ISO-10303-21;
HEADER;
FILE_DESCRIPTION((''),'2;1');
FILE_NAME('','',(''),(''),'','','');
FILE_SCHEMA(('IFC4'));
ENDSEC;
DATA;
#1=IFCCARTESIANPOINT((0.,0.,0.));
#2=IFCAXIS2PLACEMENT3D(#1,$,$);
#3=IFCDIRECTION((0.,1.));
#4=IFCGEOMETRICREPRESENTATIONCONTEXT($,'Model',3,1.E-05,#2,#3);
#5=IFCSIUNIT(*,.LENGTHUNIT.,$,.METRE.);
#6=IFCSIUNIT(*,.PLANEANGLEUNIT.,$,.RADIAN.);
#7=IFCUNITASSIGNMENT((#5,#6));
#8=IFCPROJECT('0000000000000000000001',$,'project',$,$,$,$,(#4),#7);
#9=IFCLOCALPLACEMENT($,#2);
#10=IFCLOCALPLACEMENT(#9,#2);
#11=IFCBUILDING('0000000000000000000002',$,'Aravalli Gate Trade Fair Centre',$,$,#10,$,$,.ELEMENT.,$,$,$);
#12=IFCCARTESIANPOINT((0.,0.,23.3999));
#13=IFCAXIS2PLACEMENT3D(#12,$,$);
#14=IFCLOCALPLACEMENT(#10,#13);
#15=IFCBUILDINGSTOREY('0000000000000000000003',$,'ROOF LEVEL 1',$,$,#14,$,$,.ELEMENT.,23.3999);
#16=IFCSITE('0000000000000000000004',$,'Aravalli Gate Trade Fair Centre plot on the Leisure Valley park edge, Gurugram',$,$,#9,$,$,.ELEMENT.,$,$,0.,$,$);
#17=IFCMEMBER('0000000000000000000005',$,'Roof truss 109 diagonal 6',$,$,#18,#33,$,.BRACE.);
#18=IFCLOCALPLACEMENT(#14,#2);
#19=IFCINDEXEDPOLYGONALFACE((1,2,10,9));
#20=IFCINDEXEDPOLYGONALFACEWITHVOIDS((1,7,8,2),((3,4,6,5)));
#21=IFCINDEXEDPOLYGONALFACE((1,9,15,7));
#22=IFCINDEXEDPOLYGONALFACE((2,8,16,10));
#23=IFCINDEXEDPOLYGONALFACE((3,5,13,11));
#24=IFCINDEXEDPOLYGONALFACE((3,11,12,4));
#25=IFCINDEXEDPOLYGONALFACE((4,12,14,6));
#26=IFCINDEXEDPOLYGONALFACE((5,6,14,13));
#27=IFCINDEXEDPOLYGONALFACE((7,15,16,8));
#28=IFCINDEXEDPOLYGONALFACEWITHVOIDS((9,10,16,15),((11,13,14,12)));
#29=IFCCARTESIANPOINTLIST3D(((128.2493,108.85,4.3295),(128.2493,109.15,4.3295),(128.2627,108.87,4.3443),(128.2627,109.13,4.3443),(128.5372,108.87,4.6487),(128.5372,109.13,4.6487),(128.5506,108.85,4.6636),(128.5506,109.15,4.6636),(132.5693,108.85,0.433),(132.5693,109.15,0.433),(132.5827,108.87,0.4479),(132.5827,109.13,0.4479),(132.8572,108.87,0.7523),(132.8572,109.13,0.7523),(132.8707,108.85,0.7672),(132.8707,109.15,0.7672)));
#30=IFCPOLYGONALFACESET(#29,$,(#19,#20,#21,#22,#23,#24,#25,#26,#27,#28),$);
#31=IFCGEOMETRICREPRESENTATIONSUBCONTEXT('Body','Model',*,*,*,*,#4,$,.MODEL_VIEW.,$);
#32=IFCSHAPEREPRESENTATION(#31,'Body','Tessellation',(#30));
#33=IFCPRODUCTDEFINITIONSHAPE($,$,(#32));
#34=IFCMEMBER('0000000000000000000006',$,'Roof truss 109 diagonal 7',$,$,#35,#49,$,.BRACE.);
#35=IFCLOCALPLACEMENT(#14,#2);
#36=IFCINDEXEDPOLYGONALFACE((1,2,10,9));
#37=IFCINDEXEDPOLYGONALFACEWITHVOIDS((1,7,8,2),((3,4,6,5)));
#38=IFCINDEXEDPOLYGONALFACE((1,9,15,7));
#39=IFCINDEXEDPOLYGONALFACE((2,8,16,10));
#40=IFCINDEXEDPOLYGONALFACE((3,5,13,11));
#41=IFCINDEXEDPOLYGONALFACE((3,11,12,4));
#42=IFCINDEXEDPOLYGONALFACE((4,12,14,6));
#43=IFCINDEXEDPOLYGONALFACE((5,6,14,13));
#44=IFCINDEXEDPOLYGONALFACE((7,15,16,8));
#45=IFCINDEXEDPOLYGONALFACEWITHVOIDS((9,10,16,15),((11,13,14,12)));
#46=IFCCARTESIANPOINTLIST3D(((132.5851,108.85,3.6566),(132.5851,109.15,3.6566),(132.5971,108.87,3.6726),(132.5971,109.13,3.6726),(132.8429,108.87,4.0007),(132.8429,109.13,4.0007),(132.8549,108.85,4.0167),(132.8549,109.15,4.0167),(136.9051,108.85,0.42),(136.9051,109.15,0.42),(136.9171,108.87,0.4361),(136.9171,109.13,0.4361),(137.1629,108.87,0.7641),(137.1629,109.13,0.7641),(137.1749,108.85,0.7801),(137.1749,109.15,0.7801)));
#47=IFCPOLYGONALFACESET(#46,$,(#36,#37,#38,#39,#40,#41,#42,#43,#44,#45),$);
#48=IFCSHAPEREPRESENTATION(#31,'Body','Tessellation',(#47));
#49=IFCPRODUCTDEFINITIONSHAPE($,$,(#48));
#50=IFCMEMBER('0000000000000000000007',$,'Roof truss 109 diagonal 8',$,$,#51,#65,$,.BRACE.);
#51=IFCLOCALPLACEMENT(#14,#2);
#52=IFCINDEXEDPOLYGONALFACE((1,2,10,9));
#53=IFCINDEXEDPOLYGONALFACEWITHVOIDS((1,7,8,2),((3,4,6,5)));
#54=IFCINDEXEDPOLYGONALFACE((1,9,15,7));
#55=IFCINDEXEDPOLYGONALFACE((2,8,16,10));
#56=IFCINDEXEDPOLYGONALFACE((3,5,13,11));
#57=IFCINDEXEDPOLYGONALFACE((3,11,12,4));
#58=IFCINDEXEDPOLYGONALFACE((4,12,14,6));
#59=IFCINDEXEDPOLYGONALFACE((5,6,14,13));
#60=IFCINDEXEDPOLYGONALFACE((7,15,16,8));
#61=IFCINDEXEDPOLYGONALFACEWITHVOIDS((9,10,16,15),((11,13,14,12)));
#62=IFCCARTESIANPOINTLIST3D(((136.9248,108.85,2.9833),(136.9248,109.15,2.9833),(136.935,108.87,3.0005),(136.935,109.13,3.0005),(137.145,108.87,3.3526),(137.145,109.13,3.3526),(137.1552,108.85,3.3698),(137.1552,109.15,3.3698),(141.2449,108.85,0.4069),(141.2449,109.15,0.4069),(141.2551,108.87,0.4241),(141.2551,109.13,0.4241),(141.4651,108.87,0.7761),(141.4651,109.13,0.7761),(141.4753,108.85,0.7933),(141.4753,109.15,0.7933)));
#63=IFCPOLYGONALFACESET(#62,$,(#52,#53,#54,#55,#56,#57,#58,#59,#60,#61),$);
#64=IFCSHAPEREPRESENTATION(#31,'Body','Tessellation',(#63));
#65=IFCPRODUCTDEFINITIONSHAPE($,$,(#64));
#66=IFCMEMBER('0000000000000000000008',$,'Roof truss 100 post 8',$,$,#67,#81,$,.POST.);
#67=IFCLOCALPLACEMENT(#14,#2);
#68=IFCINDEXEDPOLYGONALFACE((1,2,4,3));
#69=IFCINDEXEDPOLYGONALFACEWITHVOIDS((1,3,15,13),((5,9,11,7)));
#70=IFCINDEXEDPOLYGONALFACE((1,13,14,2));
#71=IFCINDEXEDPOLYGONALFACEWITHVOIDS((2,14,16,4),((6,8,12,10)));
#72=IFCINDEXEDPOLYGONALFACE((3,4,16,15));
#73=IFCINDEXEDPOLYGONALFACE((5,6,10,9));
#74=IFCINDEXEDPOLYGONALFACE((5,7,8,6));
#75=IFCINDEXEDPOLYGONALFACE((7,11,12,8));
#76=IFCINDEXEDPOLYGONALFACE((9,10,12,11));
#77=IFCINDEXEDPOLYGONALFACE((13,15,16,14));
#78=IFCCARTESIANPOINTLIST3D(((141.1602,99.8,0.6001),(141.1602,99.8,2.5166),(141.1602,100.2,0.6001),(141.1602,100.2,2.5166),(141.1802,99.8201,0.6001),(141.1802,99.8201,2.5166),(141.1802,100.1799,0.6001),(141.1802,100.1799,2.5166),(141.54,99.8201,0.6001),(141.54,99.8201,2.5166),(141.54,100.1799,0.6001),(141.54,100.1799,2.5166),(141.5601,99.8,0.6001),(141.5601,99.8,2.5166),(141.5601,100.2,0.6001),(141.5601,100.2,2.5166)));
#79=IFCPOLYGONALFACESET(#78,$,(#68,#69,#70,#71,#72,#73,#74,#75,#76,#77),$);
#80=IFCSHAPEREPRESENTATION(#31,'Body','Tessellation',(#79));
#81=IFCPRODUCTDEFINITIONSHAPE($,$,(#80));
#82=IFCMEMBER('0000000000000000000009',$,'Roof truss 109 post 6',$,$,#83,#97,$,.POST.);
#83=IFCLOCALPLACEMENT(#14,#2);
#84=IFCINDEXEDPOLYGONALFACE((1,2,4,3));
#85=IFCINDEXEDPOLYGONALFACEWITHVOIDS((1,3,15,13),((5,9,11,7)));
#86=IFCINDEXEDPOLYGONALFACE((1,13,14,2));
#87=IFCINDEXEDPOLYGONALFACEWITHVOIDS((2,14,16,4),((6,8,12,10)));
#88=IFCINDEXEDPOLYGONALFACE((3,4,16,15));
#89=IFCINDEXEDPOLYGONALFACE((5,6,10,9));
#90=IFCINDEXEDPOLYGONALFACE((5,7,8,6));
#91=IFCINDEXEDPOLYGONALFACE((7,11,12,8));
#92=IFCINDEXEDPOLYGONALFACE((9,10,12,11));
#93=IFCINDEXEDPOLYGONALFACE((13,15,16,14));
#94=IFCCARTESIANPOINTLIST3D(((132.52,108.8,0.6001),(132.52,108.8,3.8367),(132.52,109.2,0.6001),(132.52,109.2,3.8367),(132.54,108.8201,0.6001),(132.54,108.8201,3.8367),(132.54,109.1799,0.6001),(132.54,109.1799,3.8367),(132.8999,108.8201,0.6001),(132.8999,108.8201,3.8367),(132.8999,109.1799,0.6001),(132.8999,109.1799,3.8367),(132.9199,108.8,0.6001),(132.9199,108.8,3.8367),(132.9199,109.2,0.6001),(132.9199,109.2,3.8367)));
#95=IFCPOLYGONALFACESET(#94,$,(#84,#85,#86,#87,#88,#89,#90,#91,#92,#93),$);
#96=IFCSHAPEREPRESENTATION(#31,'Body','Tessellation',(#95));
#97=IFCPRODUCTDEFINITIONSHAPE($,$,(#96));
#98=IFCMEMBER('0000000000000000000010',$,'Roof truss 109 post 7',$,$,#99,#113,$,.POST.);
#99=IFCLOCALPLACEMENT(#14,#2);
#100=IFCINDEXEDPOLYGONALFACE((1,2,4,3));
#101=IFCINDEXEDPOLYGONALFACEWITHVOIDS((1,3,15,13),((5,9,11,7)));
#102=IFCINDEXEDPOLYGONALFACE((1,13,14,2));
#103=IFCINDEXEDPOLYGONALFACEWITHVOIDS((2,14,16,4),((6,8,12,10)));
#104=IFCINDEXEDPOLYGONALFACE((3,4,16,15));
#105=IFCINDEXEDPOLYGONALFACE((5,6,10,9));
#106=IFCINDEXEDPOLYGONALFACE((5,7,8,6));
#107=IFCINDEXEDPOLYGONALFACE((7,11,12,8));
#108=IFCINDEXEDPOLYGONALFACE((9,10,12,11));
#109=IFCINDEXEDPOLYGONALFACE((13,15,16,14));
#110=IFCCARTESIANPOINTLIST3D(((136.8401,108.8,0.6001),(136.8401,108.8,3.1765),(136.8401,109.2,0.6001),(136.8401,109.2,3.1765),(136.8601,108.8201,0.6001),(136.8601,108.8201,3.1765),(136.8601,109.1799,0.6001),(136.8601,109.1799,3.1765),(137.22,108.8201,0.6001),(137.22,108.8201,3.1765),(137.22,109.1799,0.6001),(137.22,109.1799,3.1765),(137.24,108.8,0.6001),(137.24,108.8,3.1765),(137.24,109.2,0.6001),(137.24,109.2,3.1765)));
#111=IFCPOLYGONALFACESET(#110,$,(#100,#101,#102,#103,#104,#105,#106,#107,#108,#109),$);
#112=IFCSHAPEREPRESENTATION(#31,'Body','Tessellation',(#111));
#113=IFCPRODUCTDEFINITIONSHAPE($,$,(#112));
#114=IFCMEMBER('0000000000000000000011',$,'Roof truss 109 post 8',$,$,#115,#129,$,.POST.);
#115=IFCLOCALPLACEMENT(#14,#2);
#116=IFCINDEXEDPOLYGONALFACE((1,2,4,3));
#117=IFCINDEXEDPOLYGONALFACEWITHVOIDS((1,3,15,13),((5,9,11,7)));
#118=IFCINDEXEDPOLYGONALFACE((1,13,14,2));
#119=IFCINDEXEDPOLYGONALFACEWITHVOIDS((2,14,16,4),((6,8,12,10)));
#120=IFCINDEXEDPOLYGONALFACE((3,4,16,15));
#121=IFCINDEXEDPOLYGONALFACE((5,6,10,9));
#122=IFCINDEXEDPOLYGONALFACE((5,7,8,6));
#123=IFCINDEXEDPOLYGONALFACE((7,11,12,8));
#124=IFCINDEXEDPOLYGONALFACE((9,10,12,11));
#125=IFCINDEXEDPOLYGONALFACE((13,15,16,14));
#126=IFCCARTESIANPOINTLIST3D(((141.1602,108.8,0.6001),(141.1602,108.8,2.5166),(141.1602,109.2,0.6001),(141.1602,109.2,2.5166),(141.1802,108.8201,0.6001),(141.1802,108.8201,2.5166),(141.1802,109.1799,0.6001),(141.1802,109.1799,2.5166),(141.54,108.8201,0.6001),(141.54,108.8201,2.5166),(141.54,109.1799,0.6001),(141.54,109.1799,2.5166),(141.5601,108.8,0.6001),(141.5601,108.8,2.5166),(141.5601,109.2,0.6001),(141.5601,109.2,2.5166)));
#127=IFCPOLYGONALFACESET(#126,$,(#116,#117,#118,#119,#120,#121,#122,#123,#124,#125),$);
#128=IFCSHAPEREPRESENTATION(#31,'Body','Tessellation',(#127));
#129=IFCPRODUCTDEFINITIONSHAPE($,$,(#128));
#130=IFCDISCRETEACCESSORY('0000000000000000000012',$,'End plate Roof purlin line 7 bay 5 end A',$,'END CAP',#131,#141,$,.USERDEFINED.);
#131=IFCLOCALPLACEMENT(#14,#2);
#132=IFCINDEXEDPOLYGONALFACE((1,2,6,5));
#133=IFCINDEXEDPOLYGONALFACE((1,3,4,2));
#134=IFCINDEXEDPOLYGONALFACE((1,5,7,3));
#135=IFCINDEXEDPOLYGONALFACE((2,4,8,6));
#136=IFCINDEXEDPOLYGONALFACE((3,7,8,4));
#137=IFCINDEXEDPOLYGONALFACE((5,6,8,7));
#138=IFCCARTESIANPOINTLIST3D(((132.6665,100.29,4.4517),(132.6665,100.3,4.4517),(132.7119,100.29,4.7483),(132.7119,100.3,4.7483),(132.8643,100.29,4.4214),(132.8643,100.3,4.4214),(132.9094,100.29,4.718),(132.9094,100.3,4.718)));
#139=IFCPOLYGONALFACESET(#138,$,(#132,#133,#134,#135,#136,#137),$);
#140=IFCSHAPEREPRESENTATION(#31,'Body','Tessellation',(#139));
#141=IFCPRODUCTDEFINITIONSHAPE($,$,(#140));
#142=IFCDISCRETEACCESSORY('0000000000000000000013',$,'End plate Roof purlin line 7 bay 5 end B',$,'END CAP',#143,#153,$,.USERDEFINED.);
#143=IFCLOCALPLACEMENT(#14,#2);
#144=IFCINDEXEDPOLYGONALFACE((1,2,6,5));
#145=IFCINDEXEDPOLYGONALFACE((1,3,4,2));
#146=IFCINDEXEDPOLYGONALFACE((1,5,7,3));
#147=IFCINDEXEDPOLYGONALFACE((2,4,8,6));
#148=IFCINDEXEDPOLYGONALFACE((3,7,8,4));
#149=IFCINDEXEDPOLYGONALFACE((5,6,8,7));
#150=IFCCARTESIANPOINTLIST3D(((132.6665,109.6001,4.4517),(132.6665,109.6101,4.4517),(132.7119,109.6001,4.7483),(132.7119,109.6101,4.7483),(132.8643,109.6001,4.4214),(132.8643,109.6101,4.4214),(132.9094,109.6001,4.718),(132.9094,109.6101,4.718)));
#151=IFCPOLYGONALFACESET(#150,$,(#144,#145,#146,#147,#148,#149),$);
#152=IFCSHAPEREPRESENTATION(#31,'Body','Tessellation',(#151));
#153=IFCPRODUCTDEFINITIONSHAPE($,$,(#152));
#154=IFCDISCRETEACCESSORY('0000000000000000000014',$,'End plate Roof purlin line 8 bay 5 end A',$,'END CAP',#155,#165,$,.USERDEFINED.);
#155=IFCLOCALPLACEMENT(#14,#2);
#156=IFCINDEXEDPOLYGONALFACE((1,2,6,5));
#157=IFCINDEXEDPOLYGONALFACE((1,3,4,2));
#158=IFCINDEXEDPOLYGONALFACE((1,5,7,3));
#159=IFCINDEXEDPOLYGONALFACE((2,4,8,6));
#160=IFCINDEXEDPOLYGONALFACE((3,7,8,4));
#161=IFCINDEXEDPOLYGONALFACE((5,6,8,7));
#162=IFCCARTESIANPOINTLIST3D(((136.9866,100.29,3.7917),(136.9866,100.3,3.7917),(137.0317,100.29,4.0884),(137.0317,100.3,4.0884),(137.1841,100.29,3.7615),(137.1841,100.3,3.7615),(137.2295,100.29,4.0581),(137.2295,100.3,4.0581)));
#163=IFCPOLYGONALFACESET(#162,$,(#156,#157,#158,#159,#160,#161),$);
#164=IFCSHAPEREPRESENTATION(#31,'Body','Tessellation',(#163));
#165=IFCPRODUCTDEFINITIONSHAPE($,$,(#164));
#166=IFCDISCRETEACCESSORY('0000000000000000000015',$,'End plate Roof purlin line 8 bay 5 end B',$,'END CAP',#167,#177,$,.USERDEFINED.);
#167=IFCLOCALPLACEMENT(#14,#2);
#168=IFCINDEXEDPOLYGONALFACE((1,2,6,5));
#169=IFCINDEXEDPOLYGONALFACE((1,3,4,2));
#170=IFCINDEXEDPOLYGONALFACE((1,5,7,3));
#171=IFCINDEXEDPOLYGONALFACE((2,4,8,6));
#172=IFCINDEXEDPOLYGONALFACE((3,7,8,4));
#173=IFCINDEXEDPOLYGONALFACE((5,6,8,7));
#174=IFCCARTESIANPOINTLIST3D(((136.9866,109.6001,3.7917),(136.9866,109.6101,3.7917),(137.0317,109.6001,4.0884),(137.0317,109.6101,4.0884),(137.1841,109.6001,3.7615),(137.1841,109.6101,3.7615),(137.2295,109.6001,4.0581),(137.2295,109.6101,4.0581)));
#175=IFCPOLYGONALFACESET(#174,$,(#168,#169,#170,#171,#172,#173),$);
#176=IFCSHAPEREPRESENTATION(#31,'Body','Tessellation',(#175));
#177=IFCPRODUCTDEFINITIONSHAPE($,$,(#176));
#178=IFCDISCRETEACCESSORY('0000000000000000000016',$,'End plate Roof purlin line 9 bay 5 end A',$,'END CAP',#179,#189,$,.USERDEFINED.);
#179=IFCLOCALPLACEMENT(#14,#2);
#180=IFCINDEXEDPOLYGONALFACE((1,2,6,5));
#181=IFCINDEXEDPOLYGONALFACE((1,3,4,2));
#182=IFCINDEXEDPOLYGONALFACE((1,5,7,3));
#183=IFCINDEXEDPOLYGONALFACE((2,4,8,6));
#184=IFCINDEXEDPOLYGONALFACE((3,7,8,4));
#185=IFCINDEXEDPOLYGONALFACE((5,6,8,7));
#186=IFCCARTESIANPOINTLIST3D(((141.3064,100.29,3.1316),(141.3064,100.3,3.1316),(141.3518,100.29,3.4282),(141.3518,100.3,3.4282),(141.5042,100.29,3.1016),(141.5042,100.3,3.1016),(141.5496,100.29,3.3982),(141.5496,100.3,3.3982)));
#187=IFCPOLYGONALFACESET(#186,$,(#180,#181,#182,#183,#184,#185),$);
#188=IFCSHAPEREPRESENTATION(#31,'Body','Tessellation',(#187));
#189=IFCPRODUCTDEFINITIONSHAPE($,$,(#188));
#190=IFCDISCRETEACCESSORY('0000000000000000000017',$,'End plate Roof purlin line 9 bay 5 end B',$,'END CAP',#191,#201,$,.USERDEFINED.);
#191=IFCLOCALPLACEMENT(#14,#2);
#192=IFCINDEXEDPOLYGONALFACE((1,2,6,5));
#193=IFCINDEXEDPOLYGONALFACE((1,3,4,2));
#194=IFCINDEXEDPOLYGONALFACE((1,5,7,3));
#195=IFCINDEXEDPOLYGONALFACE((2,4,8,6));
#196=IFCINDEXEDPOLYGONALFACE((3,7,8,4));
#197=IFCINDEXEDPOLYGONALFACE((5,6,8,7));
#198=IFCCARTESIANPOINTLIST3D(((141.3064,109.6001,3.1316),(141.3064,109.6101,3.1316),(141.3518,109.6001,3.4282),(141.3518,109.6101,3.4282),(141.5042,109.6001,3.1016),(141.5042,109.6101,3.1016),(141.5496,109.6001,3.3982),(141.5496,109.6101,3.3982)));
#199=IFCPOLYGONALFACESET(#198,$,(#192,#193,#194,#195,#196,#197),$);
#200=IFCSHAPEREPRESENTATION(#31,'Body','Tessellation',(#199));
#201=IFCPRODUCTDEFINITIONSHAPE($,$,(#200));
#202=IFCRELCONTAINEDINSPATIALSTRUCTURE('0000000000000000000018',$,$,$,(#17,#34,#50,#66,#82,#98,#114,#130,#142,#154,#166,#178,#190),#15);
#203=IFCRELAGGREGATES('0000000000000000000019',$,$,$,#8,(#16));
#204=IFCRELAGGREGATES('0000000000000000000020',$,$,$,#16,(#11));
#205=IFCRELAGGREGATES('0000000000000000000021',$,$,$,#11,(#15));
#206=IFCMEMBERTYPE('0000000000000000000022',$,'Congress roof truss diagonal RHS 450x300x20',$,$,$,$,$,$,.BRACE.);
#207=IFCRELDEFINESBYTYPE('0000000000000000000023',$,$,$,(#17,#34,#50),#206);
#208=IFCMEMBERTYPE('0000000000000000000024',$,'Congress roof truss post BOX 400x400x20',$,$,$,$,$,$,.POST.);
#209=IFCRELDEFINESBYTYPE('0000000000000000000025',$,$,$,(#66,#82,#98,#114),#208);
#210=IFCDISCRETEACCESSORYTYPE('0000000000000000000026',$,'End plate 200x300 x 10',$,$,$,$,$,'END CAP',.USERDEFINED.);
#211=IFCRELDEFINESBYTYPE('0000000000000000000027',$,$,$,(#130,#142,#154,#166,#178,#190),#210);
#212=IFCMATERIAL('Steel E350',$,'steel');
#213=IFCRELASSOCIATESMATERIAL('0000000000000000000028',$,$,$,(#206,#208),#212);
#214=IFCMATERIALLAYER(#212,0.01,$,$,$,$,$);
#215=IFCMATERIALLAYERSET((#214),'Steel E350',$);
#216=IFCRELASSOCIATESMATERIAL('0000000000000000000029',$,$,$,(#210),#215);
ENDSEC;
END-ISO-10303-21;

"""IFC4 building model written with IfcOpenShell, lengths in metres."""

from ifc_helpers import new_model, si_unit, direction, frame, origin, origin_2d, place, context, subcontext, project, spatial, polyline, hollow_rectangle, outline, extrude, material, layer, layer_set, material_profile, profile_set, type_object, element, save


model = new_model("IFC4")

# Units and contexts
model_context = context("Model", 3, precision=1e-05, world=origin(), true_north=direction((0.0, 1.0)))
body_context = subcontext(model_context, "Body", "Model", "MODEL_VIEW")
ifc_project = project(units=[si_unit("LENGTHUNIT", "METRE"), si_unit("PLANEANGLEUNIT", "RADIAN")], contexts=[model_context])

# Site, building, storey
site_placement = place(None, origin())
site = spatial("IfcSite", under=ifc_project, at=site_placement, Name="Aravalli Gate Trade Fair Centre plot on the Leisure Valley park edge, Gurugram", CompositionType="ELEMENT", RefElevation=0.0)
building_placement = place(site_placement, origin())
building = spatial("IfcBuilding", under=site, at=building_placement, Name="Aravalli Gate Trade Fair Centre", CompositionType="ELEMENT")
storey_placement = place(building_placement, frame((0.0, 0.0, 23.3999)))
storey = spatial("IfcBuildingStorey", under=building, at=storey_placement, Name="ROOF LEVEL 1", CompositionType="ELEMENT", Elevation=23.3999)

# Members
ifc_material = material(Name="Steel E350", Category="steel")
ifc_material_profile_1 = material_profile(ifc_material, hollow_rectangle(XDim=0.3, YDim=0.45, WallThickness=0.02, at=origin_2d()), Name="RHS 450x300x20")
ifc_profile_set_1 = profile_set([ifc_material_profile_1], Name="Steel E350")
member_type_1 = type_object("IfcMemberType", Name="Congress roof truss diagonal RHS 450x300x20", PredefinedType="BRACE", material=ifc_profile_set_1)
member_1_placement = place(storey_placement, frame((132.72, 109.0, 0.6001), z_axis=(-0.742574, 0.0, 0.669764), x_axis=(0.0, -1.0, 0.0)))
element("IfcMember", 1, at=member_1_placement, inside=storey, type_object=member_type_1, Name="Roof truss 109 diagonal 6", PredefinedType="BRACE", context=body_context, shape_type="SweptSolid", body=[
    extrude(hollow_rectangle(XDim=0.3, YDim=0.45, WallThickness=0.02, at=origin_2d()), origin(), (0.0, 0.0, 1.0), 5.8176),
])
member_2_placement = place(storey_placement, frame((137.04, 109.0, 0.6001), z_axis=(-0.800309, 0.0, 0.599587), x_axis=(0.0, -1.0, 0.0)))
element("IfcMember", 2, at=member_2_placement, inside=storey, type_object=member_type_1, Name="Roof truss 109 diagonal 7", PredefinedType="BRACE", context=body_context, shape_type="SweptSolid", body=[
    extrude(hollow_rectangle(XDim=0.3, YDim=0.45, WallThickness=0.02, at=origin_2d()), origin(), (0.0, 0.0, 1.0), 5.3979),
])
member_3_placement = place(storey_placement, frame((141.3601, 109.0, 0.6001), z_axis=(-0.85886, 0.0, 0.51221), x_axis=(0.0, -1.0, 0.0)))
element("IfcMember", 3, at=member_3_placement, inside=storey, type_object=member_type_1, Name="Roof truss 109 diagonal 8", PredefinedType="BRACE", context=body_context, shape_type="SweptSolid", body=[
    extrude(hollow_rectangle(XDim=0.3, YDim=0.45, WallThickness=0.02, at=origin_2d()), origin(), (0.0, 0.0, 1.0), 5.03),
])
ifc_material_profile_2 = material_profile(ifc_material, hollow_rectangle(XDim=0.3999, YDim=0.3999, WallThickness=0.02, at=origin_2d()), Name="BOX 400x400x20")
ifc_profile_set_2 = profile_set([ifc_material_profile_2], Name="Steel E350")
member_type_2 = type_object("IfcMemberType", Name="Congress roof truss post BOX 400x400x20", PredefinedType="POST", material=ifc_profile_set_2)
member_4_placement = place(storey_placement, frame((141.3601, 100.0, 0.6001), z_axis=(0.0, 0.0, 1.0), x_axis=(1.0, 0.0, 0.0)))
element("IfcMember", 4, at=member_4_placement, inside=storey, type_object=member_type_2, Name="Roof truss 100 post 8", PredefinedType="POST", context=body_context, shape_type="SweptSolid", body=[
    extrude(hollow_rectangle(XDim=0.3999, YDim=0.3999, WallThickness=0.02, at=origin_2d()), origin(), (0.0, 0.0, 1.0), 1.9165),
])
member_5_placement = place(storey_placement, frame((132.72, 109.0, 0.6001), z_axis=(0.0, 0.0, 1.0), x_axis=(1.0, 0.0, 0.0)))
element("IfcMember", 5, at=member_5_placement, inside=storey, type_object=member_type_2, Name="Roof truss 109 post 6", PredefinedType="POST", context=body_context, shape_type="SweptSolid", body=[
    extrude(hollow_rectangle(XDim=0.3999, YDim=0.3999, WallThickness=0.02, at=origin_2d()), origin(), (0.0, 0.0, 1.0), 3.2366),
])
member_6_placement = place(storey_placement, frame((137.04, 109.0, 0.6001), z_axis=(0.0, 0.0, 1.0), x_axis=(1.0, 0.0, 0.0)))
element("IfcMember", 6, at=member_6_placement, inside=storey, type_object=member_type_2, Name="Roof truss 109 post 7", PredefinedType="POST", context=body_context, shape_type="SweptSolid", body=[
    extrude(hollow_rectangle(XDim=0.3999, YDim=0.3999, WallThickness=0.02, at=origin_2d()), origin(), (0.0, 0.0, 1.0), 2.5764),
])
member_7_placement = place(storey_placement, frame((141.3601, 109.0, 0.6001), z_axis=(0.0, 0.0, 1.0), x_axis=(1.0, 0.0, 0.0)))
element("IfcMember", 7, at=member_7_placement, inside=storey, type_object=member_type_2, Name="Roof truss 109 post 8", PredefinedType="POST", context=body_context, shape_type="SweptSolid", body=[
    extrude(hollow_rectangle(XDim=0.3999, YDim=0.3999, WallThickness=0.02, at=origin_2d()), origin(), (0.0, 0.0, 1.0), 1.9165),
])

# Discrete accessories
ifc_layer_1 = layer(ifc_material, 0.01)
ifc_layer_set_1 = layer_set([ifc_layer_1], Name="Steel E350")
discrete_accessory_type_1 = type_object("IfcDiscreteAccessoryType", Name="End plate 200x300 x 10", ElementType="END CAP", PredefinedType="USERDEFINED", material=ifc_layer_set_1)
for number, where, z_axis, x_axis, name in (
    (8, (132.8643, 100.3, 4.4214), (0.0, 1.0, 0.0), (-0.988484, 0.0, 0.151324), "End plate Roof purlin line 7 bay 5 end A"),
    (9, (132.8643, 109.6101, 4.4214), (0.0, 1.0, 0.0), (-0.988484, 0.0, 0.151324), "End plate Roof purlin line 7 bay 5 end B"),
):
    element("IfcDiscreteAccessory", number, at=place(storey_placement, frame(where, z_axis=z_axis, x_axis=x_axis)), inside=storey, type_object=discrete_accessory_type_1, Name=name, ObjectType="END CAP", PredefinedType="USERDEFINED", context=body_context, shape_type="SweptSolid", body=[
        extrude(outline(polyline([(0.0, 0.0), (0.2001, 0.0), (0.2001, 0.3001), (0.0002, 0.3), (0.0, 0.0)])), origin(), (0.0, 0.0, -1.0), 0.01),
    ])
for number, where, z_axis, x_axis, name in (
    (10, (137.1841, 100.3, 3.7615), (0.0, 1.0, 0.0), (-0.988456, 0.0, 0.151506), "End plate Roof purlin line 8 bay 5 end A"),
    (11, (137.1841, 109.6101, 3.7615), (0.0, 1.0, 0.0), (-0.988456, 0.0, 0.151506), "End plate Roof purlin line 8 bay 5 end B"),
):
    element("IfcDiscreteAccessory", number, at=place(storey_placement, frame(where, z_axis=z_axis, x_axis=x_axis)), inside=storey, type_object=discrete_accessory_type_1, Name=name, ObjectType="END CAP", PredefinedType="USERDEFINED", context=body_context, shape_type="SweptSolid", body=[
        extrude(outline(polyline([(0.0, 0.0), (0.1998, 0.0), (0.2001, 0.3), (0.0001, 0.3001), (0.0, 0.0)])), origin(), (0.0, 0.0, -1.0), 0.01),
    ])
for number, where, z_axis, x_axis, name in (
    (12, (141.5042, 100.3, 3.1016), (0.0, 1.0, 0.0), (-0.988666, 0.0, 0.150131), "End plate Roof purlin line 9 bay 5 end A"),
    (13, (141.5042, 109.6101, 3.1016), (0.0, 1.0, 0.0), (-0.988666, 0.0, 0.150131), "End plate Roof purlin line 9 bay 5 end B"),
):
    element("IfcDiscreteAccessory", number, at=place(storey_placement, frame(where, z_axis=z_axis, x_axis=x_axis)), inside=storey, type_object=discrete_accessory_type_1, Name=name, ObjectType="END CAP", PredefinedType="USERDEFINED", context=body_context, shape_type="SweptSolid", body=[
        extrude(outline(polyline([(0.0, 0.0), (0.2, 0.0), (0.1997, 0.3001), (-0.0004, 0.3001), (0.0, 0.0)])), origin(), (0.0, 0.0, -1.0), 0.01),
    ])

save(model, "model.ifc")
